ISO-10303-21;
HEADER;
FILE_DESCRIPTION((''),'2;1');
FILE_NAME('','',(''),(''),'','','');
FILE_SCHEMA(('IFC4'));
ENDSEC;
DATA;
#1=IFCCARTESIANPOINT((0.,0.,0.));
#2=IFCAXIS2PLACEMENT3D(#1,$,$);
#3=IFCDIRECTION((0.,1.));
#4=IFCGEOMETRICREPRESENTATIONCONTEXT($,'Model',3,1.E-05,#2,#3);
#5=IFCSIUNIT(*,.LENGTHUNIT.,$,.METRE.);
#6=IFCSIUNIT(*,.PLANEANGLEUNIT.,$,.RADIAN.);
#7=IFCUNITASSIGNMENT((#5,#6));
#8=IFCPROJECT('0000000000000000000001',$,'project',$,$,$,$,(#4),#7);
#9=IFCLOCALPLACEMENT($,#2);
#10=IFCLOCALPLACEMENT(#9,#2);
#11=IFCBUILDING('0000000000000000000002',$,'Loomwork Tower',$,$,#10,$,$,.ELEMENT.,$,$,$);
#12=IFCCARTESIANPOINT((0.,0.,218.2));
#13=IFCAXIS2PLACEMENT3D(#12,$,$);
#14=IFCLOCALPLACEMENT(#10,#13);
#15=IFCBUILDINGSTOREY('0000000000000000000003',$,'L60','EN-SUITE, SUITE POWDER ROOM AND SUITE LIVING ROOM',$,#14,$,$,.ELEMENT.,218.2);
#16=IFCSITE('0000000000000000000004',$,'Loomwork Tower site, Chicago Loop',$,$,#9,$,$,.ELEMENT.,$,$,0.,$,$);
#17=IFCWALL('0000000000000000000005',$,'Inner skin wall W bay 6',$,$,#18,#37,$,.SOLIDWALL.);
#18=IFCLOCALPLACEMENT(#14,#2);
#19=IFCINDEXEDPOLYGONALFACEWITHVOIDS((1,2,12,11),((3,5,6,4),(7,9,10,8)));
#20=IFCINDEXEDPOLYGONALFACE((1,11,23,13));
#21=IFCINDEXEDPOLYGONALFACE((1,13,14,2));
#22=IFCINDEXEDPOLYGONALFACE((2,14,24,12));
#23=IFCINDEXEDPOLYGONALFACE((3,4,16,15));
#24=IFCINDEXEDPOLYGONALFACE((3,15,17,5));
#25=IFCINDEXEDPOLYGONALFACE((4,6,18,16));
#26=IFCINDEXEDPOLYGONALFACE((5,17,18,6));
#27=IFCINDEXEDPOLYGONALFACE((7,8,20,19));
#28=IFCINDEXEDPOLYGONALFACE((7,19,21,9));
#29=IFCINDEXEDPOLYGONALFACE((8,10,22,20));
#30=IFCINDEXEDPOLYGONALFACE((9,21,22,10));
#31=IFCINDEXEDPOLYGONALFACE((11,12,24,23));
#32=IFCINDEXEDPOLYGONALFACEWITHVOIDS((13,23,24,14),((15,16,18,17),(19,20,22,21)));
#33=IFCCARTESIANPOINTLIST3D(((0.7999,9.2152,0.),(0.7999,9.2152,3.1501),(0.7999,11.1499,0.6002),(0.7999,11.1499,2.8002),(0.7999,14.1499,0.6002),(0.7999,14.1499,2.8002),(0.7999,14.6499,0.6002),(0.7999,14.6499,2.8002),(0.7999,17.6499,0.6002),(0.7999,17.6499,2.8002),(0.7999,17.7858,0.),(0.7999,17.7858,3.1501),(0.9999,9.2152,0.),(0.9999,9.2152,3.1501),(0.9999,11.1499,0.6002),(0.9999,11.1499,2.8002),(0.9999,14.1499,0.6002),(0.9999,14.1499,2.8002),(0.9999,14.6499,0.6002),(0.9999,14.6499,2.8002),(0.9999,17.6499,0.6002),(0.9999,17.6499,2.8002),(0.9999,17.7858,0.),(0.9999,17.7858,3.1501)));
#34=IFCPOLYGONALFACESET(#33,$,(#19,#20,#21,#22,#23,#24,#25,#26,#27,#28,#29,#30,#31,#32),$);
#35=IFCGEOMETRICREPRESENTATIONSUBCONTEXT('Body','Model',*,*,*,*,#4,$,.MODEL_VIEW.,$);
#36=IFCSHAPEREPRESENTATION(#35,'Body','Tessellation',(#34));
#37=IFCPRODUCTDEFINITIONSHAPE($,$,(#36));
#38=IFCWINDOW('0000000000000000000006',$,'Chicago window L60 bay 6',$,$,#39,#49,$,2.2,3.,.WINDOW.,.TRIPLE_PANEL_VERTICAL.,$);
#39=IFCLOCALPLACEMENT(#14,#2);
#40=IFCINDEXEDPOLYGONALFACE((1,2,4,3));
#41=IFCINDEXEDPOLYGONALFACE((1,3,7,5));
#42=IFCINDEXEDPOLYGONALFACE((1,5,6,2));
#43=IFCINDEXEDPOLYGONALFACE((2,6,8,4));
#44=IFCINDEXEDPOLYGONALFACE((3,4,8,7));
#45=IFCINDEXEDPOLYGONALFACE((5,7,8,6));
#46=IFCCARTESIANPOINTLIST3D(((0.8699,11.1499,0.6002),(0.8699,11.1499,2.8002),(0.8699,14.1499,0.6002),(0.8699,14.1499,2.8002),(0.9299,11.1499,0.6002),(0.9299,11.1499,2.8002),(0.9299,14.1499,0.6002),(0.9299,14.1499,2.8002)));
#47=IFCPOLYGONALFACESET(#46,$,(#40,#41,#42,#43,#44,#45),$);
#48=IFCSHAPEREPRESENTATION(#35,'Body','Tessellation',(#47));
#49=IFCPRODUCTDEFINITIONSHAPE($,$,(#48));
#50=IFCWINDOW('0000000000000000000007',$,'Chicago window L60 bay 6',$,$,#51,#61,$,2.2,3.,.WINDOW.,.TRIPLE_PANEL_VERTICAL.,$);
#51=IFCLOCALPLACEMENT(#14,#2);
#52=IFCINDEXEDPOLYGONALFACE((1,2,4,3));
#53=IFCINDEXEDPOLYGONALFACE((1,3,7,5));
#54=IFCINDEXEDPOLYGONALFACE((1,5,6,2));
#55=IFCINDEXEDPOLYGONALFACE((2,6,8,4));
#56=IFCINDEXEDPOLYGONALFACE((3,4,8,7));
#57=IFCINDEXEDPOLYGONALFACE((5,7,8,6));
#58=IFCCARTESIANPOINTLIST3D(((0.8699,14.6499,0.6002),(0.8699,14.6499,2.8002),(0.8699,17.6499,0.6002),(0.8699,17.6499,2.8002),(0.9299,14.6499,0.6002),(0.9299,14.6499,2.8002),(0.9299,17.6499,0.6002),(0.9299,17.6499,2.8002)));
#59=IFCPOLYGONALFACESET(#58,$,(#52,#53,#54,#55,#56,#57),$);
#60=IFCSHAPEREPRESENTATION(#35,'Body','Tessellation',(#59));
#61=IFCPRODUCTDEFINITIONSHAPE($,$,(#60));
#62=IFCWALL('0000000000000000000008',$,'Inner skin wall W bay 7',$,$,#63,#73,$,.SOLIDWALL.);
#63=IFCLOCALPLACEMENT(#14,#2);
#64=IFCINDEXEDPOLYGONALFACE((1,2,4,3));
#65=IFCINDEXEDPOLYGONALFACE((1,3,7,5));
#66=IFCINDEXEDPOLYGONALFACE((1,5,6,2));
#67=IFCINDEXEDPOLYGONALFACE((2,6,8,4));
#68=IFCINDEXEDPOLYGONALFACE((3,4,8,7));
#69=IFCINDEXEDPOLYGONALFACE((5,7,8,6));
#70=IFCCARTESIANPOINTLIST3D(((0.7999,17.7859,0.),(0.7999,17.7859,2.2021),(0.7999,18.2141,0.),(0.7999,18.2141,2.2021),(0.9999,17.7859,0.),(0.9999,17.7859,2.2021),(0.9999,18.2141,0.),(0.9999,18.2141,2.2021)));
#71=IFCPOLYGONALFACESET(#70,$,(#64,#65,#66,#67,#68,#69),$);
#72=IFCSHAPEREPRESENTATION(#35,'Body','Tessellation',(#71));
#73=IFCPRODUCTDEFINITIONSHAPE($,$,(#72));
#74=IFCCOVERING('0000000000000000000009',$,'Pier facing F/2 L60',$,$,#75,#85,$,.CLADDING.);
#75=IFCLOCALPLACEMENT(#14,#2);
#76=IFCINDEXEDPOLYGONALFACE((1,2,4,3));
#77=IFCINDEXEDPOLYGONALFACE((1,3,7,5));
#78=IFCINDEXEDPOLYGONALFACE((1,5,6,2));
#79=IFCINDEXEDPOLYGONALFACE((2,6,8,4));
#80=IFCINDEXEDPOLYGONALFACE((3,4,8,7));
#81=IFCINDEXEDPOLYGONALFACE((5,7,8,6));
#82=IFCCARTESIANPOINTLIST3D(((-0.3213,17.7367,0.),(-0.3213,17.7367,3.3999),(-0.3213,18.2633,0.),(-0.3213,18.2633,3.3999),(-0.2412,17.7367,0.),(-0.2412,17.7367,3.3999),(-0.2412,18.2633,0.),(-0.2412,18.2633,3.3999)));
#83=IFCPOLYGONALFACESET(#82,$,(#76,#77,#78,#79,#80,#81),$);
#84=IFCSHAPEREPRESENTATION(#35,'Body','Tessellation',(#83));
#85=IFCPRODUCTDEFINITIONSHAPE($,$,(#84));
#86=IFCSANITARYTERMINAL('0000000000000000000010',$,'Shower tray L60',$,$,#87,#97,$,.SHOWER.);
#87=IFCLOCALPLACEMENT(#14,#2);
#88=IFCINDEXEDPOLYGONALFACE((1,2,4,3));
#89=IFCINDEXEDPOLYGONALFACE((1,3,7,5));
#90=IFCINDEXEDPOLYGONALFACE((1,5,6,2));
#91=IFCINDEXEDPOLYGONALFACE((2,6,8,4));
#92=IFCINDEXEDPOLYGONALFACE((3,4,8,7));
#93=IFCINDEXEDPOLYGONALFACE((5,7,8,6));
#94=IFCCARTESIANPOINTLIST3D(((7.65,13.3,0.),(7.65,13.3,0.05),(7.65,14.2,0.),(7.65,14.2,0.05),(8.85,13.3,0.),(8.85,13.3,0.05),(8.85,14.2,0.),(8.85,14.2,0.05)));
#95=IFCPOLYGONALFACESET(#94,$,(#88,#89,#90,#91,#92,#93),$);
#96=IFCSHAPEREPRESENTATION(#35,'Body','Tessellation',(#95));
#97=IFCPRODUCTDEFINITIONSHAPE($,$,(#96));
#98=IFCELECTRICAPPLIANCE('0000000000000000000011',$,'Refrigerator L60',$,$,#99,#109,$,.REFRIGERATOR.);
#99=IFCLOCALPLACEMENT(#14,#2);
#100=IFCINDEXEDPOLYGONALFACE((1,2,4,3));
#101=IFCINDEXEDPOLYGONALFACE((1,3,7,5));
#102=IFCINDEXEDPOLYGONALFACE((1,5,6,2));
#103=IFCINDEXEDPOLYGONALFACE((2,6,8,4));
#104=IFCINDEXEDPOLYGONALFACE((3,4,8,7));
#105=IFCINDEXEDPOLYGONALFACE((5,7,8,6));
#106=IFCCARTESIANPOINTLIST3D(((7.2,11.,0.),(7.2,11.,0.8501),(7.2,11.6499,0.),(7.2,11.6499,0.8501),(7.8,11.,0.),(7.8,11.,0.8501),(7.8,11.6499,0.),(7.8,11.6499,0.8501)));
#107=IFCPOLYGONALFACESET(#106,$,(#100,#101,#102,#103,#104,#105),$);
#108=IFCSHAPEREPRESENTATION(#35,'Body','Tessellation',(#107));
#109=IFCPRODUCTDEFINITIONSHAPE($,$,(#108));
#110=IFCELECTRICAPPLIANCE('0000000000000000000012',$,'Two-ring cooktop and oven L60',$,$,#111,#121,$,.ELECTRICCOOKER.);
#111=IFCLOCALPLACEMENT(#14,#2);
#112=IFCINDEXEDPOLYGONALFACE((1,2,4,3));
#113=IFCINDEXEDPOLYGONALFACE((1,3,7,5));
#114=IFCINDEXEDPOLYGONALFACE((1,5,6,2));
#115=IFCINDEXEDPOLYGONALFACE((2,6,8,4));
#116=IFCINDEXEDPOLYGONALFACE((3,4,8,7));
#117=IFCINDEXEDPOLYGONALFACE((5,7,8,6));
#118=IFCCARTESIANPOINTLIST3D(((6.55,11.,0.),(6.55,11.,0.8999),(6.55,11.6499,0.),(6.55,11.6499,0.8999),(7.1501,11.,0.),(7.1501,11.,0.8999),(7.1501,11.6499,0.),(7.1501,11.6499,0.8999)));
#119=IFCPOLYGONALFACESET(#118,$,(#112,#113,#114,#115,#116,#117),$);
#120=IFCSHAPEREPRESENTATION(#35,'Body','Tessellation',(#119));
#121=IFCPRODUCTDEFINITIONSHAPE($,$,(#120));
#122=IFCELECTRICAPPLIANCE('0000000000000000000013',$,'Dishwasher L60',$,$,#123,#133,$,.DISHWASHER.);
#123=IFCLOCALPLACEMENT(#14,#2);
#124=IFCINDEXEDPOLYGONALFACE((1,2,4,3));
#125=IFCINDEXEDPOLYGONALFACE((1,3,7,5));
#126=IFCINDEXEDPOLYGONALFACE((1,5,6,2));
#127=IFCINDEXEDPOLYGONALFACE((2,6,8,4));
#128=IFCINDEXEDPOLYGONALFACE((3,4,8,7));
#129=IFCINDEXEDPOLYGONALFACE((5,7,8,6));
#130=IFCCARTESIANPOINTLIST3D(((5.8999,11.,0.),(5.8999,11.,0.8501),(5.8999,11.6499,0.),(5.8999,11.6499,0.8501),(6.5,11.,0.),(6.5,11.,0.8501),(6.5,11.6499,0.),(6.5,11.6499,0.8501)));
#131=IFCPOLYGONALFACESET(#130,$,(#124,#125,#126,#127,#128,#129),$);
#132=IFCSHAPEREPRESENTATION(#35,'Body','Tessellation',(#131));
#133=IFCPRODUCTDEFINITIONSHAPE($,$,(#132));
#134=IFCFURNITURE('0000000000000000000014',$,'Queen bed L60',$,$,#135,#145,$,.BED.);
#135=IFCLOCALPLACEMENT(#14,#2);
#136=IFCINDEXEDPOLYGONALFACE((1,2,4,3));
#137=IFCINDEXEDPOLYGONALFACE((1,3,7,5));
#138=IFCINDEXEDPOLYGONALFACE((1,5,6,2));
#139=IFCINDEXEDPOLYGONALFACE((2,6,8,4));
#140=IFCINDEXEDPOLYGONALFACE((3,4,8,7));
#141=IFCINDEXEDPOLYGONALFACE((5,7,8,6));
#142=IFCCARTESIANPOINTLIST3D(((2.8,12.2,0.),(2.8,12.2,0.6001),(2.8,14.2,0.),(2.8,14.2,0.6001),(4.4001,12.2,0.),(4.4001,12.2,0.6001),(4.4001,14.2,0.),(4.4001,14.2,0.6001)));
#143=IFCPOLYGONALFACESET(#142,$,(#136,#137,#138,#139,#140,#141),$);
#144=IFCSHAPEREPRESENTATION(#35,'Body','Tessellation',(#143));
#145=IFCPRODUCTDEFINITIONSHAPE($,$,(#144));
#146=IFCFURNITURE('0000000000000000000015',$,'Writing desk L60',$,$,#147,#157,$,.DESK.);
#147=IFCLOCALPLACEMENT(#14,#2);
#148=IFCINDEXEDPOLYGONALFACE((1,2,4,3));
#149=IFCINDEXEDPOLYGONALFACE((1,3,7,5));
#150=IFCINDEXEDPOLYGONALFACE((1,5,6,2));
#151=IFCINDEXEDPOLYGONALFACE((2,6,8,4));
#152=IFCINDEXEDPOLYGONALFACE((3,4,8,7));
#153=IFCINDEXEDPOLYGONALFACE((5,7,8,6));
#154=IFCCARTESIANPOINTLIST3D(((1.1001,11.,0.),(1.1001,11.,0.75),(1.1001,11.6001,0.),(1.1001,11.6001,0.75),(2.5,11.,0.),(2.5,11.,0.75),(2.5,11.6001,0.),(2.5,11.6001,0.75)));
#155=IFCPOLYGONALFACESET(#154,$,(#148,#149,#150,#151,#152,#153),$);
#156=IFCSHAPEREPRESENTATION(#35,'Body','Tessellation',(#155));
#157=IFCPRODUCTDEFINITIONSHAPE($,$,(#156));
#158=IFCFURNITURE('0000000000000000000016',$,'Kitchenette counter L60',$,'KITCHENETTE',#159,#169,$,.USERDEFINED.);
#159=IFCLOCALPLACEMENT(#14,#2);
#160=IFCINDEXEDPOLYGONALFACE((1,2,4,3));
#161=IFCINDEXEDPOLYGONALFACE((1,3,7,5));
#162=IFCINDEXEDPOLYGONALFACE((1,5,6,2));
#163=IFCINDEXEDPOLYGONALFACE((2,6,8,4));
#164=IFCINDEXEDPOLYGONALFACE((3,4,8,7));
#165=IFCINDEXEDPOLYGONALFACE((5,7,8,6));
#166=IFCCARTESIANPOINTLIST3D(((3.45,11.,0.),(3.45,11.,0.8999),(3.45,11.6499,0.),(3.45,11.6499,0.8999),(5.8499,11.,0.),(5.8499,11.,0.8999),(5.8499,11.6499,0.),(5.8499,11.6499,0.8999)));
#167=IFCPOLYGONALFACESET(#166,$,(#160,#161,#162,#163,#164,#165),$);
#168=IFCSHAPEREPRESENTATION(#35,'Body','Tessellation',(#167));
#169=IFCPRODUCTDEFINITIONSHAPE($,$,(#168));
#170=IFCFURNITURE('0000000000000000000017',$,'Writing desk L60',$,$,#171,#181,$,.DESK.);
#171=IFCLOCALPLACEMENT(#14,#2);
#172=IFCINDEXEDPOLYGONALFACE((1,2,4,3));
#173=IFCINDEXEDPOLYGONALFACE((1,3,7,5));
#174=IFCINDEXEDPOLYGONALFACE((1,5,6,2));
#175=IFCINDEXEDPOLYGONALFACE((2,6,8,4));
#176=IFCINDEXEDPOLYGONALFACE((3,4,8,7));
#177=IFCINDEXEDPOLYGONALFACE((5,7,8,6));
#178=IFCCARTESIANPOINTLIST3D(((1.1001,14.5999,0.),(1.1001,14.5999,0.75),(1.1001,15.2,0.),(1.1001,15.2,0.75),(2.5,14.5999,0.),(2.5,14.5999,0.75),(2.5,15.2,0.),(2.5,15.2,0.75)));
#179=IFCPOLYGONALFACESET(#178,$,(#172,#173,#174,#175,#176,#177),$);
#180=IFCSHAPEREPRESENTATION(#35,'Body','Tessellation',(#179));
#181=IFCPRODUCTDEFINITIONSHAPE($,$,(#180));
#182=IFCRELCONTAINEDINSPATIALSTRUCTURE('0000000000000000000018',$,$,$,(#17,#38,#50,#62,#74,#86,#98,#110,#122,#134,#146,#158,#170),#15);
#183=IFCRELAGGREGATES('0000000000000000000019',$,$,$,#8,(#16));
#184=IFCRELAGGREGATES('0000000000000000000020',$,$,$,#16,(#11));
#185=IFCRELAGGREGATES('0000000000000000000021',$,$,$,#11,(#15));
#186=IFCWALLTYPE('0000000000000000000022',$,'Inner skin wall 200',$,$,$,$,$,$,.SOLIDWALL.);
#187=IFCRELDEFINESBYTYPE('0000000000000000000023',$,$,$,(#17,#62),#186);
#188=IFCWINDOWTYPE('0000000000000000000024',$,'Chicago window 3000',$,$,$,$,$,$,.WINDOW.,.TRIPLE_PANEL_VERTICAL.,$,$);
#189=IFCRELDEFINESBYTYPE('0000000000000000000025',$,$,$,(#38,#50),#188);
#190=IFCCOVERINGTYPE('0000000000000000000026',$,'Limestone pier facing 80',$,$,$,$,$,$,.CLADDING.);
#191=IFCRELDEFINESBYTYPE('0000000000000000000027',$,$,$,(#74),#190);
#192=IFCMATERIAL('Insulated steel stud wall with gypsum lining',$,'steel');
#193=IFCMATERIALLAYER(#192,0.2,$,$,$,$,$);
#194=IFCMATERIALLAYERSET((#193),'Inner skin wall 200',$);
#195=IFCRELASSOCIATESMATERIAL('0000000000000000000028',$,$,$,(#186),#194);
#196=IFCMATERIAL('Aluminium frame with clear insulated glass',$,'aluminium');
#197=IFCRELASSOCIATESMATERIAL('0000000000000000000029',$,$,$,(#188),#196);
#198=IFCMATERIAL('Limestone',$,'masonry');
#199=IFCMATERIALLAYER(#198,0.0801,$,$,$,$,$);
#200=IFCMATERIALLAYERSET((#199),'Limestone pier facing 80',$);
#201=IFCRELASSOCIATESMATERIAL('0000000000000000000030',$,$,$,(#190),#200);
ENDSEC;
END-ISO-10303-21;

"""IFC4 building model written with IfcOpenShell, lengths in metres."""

from ifc_helpers import new_model, si_unit, direction, frame, frame_2d, origin, origin_2d, place, context, subcontext, project, spatial, rectangle, extrude, material, layer, layer_set, type_object, element, fill, save


model = new_model("IFC4")

# Units and contexts
model_context = context("Model", 3, precision=1e-05, world=origin(), true_north=direction((0.0, 1.0)))
body_context = subcontext(model_context, "Body", "Model", "MODEL_VIEW")
ifc_project = project(units=[si_unit("LENGTHUNIT", "METRE"), si_unit("PLANEANGLEUNIT", "RADIAN")], contexts=[model_context])

# Site, building, storey
site_placement = place(None, origin())
site = spatial("IfcSite", under=ifc_project, at=site_placement, Name="Loomwork Tower site, Chicago Loop", CompositionType="ELEMENT", RefElevation=0.0)
building_placement = place(site_placement, origin())
building = spatial("IfcBuilding", under=site, at=building_placement, Name="Loomwork Tower", CompositionType="ELEMENT")
storey_placement = place(building_placement, frame((0.0, 0.0, 218.2)))
storey = spatial("IfcBuildingStorey", under=building, at=storey_placement, Name="L60", Description="EN-SUITE, SUITE POWDER ROOM AND SUITE LIVING ROOM", CompositionType="ELEMENT", Elevation=218.2)

# Wall, openings, windows
ifc_material_1 = material(Name="Insulated steel stud wall with gypsum lining", Category="steel")
ifc_layer_1 = layer(ifc_material_1, 0.2)
ifc_layer_set_1 = layer_set([ifc_layer_1], Name="Inner skin wall 200")
wall_type_1 = type_object("IfcWallType", Name="Inner skin wall 200", PredefinedType="SOLIDWALL", material=ifc_layer_set_1)
wall_1_placement = place(storey_placement, frame((0.8999, 9.2153, 0.0), z_axis=(0.0, 0.0, 1.0), x_axis=(0.0, 1.0, 0.0)))
wall_1 = element("IfcWall", 1, at=wall_1_placement, inside=storey, type_object=wall_type_1, Name="Inner skin wall W bay 6", PredefinedType="SOLIDWALL", context=body_context, shape_type="SweptSolid", body=[
    extrude(rectangle(XDim=8.5706, YDim=0.2, at=frame_2d((4.2852, 0.0))), origin(), (0.0, 0.0, 1.0), 3.1501),
])
opening_1_placement = place(wall_1_placement, frame((1.9346, 0.0, 0.6001)))
opening_1 = element("IfcOpeningElement", 2, at=opening_1_placement, cuts=wall_1, PredefinedType="OPENING", context=body_context, shape_type="SweptSolid", body=[
    extrude(rectangle(XDim=3.0, YDim=2.2, at=frame_2d((1.5, 1.1001))), frame((0.0, 0.1099, 0.0), z_axis=(0.0, -1.0, 0.0), x_axis=(1.0, 0.0, 0.0)), (0.0, 0.0, 1.0), 0.22),
])
opening_2_placement = place(wall_1_placement, frame((5.4346, 0.0, 0.6001)))
opening_2 = element("IfcOpeningElement", 3, at=opening_2_placement, cuts=wall_1, PredefinedType="OPENING", context=body_context, shape_type="SweptSolid", body=[
    extrude(rectangle(XDim=3.0, YDim=2.2, at=frame_2d((1.5, 1.1001))), frame((0.0, 0.1099, 0.0), z_axis=(0.0, -1.0, 0.0), x_axis=(1.0, 0.0, 0.0)), (0.0, 0.0, 1.0), 0.22),
])
ifc_material_2 = material(Name="Aluminium frame with clear insulated glass", Category="aluminium")
window_type = type_object("IfcWindowType", Name="Chicago window 3000", PartitioningType="TRIPLE_PANEL_VERTICAL", PredefinedType="WINDOW", material=ifc_material_2)
window_1_placement = place(opening_1_placement, origin())
window_1 = element("IfcWindow", 4, at=window_1_placement, inside=storey, type_object=window_type, Name="Chicago window L60 bay 6", OverallHeight=2.2, OverallWidth=3.0, PartitioningType="TRIPLE_PANEL_VERTICAL", PredefinedType="WINDOW", context=body_context, shape_type="SweptSolid", body=[
    extrude(rectangle(XDim=3.0, YDim=2.2, at=frame_2d((1.5, 1.1001))), frame((0.0, 0.03, 0.0), z_axis=(0.0, -1.0, 0.0), x_axis=(1.0, 0.0, 0.0)), (0.0, 0.0, 1.0), 0.0601),
])
fill(opening_1, window_1)
window_2_placement = place(opening_2_placement, origin())
window_2 = element("IfcWindow", 5, at=window_2_placement, inside=storey, type_object=window_type, Name="Chicago window L60 bay 6", OverallHeight=2.2, OverallWidth=3.0, PartitioningType="TRIPLE_PANEL_VERTICAL", PredefinedType="WINDOW", context=body_context, shape_type="SweptSolid", body=[
    extrude(rectangle(XDim=3.0, YDim=2.2, at=frame_2d((1.5, 1.1001))), frame((0.0, 0.03, 0.0), z_axis=(0.0, -1.0, 0.0), x_axis=(1.0, 0.0, 0.0)), (0.0, 0.0, 1.0), 0.0601),
])
fill(opening_2, window_2)

# Wall
wall_2_placement = place(storey_placement, frame((0.8999, 17.7859, 0.0), z_axis=(0.0, 0.0, 1.0), x_axis=(0.0, 1.0, 0.0)))
element("IfcWall", 6, at=wall_2_placement, inside=storey, type_object=wall_type_1, Name="Inner skin wall W bay 7", PredefinedType="SOLIDWALL", context=body_context, shape_type="SweptSolid", body=[
    extrude(rectangle(XDim=0.4282, YDim=0.2, at=frame_2d((0.2141, 0.0))), origin(), (0.0, 0.0, 1.0), 2.2021),
])

# Covering
ifc_material_3 = material(Name="Limestone", Category="masonry")
ifc_layer_2 = layer(ifc_material_3, 0.0801)
ifc_layer_set_2 = layer_set([ifc_layer_2], Name="Limestone pier facing 80")
covering_type = type_object("IfcCoveringType", Name="Limestone pier facing 80", PredefinedType="CLADDING", material=ifc_layer_set_2)
covering_placement = place(storey_placement, frame((-0.2812, 18.0, 0.0), z_axis=(0.0, 0.0, 1.0), x_axis=(1.0, 0.0, 0.0)))
element("IfcCovering", 7, at=covering_placement, inside=storey, type_object=covering_type, Name="Pier facing F/2 L60", PredefinedType="CLADDING", context=body_context, shape_type="SweptSolid", body=[
    extrude(rectangle(XDim=0.0801, YDim=0.5266, at=origin_2d()), origin(), (0.0, 0.0, 1.0), 3.3999),
])

# Sanitary terminal
sanitary_terminal_placement = place(storey_placement, frame((8.25, 13.75, 0.0), z_axis=(0.0, 0.0, 1.0), x_axis=(1.0, 0.0, 0.0)))
element("IfcSanitaryTerminal", 8, at=sanitary_terminal_placement, inside=storey, Name="Shower tray L60", PredefinedType="SHOWER", context=body_context, shape_type="SweptSolid", body=[
    extrude(rectangle(XDim=1.2, YDim=0.8999, at=origin_2d()), origin(), (0.0, 0.0, 1.0), 0.05),
])

# Electric appliances
electric_appliance_1_placement = place(storey_placement, frame((7.5, 11.325, 0.0), z_axis=(0.0, 0.0, 1.0), x_axis=(1.0, 0.0, 0.0)))
element("IfcElectricAppliance", 9, at=electric_appliance_1_placement, inside=storey, Name="Refrigerator L60", PredefinedType="REFRIGERATOR", context=body_context, shape_type="SweptSolid", body=[
    extrude(rectangle(XDim=0.6001, YDim=0.6499, at=origin_2d()), origin(), (0.0, 0.0, 1.0), 0.8501),
])
electric_appliance_2_placement = place(storey_placement, frame((6.8501, 11.325, 0.0), z_axis=(0.0, 0.0, 1.0), x_axis=(1.0, 0.0, 0.0)))
element("IfcElectricAppliance", 10, at=electric_appliance_2_placement, inside=storey, Name="Two-ring cooktop and oven L60", PredefinedType="ELECTRICCOOKER", context=body_context, shape_type="SweptSolid", body=[
    extrude(rectangle(XDim=0.6001, YDim=0.6499, at=origin_2d()), origin(), (0.0, 0.0, 1.0), 0.8999),
])
electric_appliance_3_placement = place(storey_placement, frame((6.2, 11.325, 0.0), z_axis=(0.0, 0.0, 1.0), x_axis=(1.0, 0.0, 0.0)))
element("IfcElectricAppliance", 11, at=electric_appliance_3_placement, inside=storey, Name="Dishwasher L60", PredefinedType="DISHWASHER", context=body_context, shape_type="SweptSolid", body=[
    extrude(rectangle(XDim=0.6001, YDim=0.6499, at=origin_2d()), origin(), (0.0, 0.0, 1.0), 0.8501),
])

# Furniture
furniture_1_placement = place(storey_placement, frame((3.6001, 13.2, 0.0), z_axis=(0.0, 0.0, 1.0), x_axis=(1.0, 0.0, 0.0)))
element("IfcFurniture", 12, at=furniture_1_placement, inside=storey, Name="Queen bed L60", PredefinedType="BED", context=body_context, shape_type="SweptSolid", body=[
    extrude(rectangle(XDim=1.6001, YDim=2.0, at=origin_2d()), origin(), (0.0, 0.0, 1.0), 0.6001),
])
furniture_2_placement = place(storey_placement, frame((1.8, 11.3, 0.0), z_axis=(0.0, 0.0, 1.0), x_axis=(1.0, 0.0, 0.0)))
element("IfcFurniture", 13, at=furniture_2_placement, inside=storey, Name="Writing desk L60", PredefinedType="DESK", context=body_context, shape_type="SweptSolid", body=[
    extrude(rectangle(XDim=1.3999, YDim=0.6001, at=origin_2d()), origin(), (0.0, 0.0, 1.0), 0.75),
])
furniture_3_placement = place(storey_placement, frame((4.6499, 11.325, 0.0), z_axis=(0.0, 0.0, 1.0), x_axis=(1.0, 0.0, 0.0)))
element("IfcFurniture", 14, at=furniture_3_placement, inside=storey, Name="Kitchenette counter L60", ObjectType="KITCHENETTE", PredefinedType="USERDEFINED", context=body_context, shape_type="SweptSolid", body=[
    extrude(rectangle(XDim=2.3999, YDim=0.6499, at=origin_2d()), origin(), (0.0, 0.0, 1.0), 0.8999),
])
furniture_4_placement = place(storey_placement, frame((1.8, 14.8999, 0.0), z_axis=(0.0, 0.0, 1.0), x_axis=(1.0, 0.0, 0.0)))
element("IfcFurniture", 15, at=furniture_4_placement, inside=storey, Name="Writing desk L60", PredefinedType="DESK", context=body_context, shape_type="SweptSolid", body=[
    extrude(rectangle(XDim=1.3999, YDim=0.6001, at=origin_2d()), origin(), (0.0, 0.0, 1.0), 0.75),
])

save(model, "model.ifc")
